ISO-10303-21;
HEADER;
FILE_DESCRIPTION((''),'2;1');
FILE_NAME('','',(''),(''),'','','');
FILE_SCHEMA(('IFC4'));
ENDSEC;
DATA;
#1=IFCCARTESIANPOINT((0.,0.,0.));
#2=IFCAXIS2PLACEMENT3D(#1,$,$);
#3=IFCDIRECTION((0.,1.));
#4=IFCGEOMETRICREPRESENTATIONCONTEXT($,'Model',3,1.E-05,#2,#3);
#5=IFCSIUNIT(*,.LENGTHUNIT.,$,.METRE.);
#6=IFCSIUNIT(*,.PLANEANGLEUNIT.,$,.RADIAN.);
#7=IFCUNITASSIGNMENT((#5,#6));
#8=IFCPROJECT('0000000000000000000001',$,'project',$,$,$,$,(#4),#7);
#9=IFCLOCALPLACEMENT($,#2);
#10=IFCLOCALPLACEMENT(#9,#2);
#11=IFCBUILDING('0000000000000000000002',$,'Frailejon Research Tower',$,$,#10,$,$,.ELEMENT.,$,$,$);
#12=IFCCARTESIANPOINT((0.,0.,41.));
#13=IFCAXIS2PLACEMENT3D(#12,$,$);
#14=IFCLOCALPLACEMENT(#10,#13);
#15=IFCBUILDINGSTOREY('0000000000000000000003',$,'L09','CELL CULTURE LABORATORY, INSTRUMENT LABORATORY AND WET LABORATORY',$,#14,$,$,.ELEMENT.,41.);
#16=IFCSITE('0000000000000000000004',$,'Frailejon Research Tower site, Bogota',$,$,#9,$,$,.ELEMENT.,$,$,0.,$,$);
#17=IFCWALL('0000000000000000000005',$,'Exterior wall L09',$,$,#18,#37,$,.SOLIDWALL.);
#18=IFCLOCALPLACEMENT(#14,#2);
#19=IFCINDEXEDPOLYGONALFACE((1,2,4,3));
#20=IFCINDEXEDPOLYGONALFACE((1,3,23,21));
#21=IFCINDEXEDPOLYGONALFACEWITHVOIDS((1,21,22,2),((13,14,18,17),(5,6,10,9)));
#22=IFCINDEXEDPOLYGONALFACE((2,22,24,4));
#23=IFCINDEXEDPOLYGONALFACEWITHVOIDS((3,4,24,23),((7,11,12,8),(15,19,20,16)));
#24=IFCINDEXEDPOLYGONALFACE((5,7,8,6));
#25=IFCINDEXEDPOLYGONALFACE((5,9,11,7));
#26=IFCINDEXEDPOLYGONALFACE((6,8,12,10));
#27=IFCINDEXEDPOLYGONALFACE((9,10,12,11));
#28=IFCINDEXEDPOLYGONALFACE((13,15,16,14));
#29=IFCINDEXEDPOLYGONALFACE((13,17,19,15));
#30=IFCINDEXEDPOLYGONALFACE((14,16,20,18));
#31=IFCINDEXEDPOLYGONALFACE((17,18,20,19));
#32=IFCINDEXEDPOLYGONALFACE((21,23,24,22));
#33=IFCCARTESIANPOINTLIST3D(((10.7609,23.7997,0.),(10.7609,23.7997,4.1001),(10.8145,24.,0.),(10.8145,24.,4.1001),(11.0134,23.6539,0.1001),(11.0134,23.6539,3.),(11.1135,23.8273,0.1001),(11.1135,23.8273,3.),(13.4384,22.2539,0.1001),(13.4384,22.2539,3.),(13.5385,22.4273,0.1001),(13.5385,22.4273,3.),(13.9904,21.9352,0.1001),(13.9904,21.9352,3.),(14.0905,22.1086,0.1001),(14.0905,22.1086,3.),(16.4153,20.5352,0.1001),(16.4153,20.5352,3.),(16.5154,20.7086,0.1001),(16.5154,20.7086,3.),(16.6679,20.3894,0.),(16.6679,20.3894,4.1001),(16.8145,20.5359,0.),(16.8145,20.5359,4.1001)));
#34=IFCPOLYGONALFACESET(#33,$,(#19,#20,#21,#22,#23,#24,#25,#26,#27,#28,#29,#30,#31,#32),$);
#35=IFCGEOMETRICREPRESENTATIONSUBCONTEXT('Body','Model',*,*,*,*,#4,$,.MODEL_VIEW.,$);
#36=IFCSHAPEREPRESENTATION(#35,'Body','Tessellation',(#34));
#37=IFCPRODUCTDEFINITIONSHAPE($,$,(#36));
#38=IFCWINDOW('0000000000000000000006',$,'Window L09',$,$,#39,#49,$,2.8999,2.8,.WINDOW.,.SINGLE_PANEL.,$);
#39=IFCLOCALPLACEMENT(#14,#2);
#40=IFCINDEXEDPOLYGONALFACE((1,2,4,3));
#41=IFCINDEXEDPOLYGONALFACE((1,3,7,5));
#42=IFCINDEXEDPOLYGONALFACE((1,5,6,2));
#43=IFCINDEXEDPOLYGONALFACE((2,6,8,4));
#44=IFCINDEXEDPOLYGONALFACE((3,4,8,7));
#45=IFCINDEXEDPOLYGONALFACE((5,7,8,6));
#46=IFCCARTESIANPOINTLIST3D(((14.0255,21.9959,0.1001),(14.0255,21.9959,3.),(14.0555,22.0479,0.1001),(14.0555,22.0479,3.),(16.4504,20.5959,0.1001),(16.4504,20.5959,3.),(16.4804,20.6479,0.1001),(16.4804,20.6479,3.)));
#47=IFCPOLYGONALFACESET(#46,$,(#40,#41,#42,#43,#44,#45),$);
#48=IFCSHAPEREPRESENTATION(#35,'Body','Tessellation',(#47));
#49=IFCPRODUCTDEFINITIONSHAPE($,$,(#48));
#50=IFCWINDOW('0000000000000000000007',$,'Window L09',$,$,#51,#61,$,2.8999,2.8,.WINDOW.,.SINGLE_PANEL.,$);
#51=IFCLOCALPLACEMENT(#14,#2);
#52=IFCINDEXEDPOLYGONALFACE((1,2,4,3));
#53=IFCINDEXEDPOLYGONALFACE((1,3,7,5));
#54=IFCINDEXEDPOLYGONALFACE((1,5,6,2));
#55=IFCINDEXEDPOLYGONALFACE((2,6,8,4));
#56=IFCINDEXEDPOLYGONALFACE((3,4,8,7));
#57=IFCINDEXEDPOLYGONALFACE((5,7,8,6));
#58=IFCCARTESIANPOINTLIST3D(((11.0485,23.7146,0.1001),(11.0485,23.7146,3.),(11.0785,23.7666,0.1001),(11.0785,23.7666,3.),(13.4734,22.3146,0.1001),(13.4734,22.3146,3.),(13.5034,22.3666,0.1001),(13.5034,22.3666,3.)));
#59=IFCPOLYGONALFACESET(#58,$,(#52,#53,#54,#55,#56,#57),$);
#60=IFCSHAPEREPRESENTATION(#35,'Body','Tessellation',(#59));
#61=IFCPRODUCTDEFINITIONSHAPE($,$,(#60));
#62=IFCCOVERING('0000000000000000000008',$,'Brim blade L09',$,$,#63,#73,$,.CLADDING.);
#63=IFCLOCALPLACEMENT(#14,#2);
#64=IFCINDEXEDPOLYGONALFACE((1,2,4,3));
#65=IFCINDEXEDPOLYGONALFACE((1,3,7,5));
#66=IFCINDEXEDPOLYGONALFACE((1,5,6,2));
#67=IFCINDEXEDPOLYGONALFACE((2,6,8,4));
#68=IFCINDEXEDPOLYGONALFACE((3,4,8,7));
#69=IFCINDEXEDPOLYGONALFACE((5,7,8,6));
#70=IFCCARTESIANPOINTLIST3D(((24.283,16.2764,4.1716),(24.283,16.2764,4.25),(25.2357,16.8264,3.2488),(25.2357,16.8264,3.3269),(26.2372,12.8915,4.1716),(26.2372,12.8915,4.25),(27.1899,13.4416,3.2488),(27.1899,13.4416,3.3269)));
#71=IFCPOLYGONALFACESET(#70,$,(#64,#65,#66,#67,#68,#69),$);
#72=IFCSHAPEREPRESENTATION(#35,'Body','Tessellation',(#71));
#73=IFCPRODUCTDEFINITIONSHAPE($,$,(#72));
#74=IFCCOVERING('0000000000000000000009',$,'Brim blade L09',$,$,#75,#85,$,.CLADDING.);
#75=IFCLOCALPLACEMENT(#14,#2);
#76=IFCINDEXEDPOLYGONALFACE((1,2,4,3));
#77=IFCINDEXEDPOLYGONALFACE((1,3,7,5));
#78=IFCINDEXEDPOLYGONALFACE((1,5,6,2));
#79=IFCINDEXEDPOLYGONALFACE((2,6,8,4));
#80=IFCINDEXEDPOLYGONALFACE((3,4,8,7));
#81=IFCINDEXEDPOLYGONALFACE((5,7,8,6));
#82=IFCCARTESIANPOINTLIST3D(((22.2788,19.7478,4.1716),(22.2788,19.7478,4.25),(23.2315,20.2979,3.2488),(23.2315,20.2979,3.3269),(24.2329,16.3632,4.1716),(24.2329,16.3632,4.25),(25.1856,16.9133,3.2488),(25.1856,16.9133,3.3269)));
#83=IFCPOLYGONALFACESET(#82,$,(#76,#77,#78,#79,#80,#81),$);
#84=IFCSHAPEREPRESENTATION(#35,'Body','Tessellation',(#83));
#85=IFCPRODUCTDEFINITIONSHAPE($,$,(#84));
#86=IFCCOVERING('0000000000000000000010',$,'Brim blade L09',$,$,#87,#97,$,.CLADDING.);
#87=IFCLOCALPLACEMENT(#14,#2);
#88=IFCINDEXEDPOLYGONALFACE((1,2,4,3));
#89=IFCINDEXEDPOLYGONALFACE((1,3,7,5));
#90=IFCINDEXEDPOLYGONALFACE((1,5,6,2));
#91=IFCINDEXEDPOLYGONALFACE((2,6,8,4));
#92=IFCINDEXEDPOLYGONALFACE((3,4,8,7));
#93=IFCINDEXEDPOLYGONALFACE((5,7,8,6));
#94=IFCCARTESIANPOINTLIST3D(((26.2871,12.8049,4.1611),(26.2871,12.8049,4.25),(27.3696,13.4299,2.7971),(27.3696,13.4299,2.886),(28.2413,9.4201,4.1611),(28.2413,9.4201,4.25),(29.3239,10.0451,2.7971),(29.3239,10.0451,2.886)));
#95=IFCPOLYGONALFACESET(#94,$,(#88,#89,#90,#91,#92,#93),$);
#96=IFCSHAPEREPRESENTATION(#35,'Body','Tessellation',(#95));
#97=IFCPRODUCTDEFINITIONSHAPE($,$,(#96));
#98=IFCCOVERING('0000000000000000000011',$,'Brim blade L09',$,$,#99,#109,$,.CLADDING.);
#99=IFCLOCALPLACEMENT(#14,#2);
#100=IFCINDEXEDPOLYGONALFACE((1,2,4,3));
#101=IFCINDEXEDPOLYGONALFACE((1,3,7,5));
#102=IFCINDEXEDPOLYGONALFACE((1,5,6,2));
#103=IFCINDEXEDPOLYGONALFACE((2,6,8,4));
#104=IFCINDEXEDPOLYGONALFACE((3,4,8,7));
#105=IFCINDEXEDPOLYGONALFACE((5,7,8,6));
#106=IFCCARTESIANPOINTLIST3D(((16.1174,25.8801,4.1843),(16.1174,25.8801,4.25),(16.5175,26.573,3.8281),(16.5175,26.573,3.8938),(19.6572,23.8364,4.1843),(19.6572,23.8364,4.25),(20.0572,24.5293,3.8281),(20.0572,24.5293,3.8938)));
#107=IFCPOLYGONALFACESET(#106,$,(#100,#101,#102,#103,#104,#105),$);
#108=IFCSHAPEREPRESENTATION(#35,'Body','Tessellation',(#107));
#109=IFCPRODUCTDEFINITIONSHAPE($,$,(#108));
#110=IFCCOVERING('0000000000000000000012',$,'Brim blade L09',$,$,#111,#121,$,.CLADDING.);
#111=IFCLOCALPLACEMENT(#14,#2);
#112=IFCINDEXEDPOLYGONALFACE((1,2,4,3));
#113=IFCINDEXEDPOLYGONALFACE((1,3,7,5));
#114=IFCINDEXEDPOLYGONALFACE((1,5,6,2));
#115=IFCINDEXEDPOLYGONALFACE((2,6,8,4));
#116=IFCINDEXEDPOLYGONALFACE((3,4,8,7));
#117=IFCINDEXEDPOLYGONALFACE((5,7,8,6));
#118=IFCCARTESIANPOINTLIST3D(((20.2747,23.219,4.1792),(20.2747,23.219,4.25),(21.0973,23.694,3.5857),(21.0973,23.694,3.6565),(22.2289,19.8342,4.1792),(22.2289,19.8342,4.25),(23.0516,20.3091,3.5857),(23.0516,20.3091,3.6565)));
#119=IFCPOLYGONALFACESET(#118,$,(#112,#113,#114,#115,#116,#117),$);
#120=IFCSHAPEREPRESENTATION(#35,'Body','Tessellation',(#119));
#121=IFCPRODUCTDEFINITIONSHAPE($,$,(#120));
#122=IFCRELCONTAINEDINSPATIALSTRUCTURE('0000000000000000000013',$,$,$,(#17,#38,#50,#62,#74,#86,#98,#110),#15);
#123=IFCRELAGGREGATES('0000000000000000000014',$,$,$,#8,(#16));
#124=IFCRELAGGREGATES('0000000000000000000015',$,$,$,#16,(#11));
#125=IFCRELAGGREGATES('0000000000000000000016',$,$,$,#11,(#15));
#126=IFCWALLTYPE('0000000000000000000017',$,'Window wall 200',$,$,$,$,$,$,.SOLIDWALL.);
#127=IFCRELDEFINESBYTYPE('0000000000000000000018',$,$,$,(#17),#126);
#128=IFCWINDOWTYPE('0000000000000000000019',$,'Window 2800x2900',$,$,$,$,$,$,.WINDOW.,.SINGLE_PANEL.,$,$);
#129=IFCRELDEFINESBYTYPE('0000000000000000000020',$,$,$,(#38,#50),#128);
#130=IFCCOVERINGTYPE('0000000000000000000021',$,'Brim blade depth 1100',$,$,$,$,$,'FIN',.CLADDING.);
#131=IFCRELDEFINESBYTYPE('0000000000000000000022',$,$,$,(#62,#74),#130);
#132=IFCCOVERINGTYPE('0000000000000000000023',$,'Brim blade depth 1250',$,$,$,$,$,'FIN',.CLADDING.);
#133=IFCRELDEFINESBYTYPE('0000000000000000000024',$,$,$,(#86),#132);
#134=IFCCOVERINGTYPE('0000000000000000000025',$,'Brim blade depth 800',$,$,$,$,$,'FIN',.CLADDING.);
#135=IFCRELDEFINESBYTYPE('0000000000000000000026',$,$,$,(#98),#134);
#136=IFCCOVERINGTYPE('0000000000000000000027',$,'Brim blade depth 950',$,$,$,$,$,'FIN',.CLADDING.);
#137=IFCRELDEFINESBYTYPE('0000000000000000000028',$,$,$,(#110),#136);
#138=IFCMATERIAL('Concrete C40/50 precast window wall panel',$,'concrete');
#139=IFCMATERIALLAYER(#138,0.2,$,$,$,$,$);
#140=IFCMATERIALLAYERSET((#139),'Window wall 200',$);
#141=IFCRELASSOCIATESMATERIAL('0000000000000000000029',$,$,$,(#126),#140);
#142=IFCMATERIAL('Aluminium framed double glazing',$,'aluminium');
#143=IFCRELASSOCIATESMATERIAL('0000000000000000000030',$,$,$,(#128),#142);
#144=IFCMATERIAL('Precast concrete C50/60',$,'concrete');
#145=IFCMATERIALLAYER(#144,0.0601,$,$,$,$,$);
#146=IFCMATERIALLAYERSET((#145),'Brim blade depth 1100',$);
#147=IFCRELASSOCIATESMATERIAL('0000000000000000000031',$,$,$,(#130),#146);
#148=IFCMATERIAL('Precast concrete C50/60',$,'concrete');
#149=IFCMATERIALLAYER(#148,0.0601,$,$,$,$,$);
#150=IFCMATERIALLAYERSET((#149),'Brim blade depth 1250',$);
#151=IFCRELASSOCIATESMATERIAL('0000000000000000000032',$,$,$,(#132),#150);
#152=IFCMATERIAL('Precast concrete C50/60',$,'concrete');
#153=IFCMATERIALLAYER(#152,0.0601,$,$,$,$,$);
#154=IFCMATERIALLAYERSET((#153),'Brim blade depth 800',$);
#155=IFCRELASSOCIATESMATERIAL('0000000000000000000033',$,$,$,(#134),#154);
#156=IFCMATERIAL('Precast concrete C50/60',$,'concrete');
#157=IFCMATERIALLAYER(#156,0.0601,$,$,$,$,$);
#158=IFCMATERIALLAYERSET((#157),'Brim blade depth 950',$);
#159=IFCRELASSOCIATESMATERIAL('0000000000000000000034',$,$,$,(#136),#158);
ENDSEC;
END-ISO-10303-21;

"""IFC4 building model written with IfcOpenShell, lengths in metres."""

from ifc_helpers import new_model, si_unit, direction, frame, frame_2d, origin, place, context, subcontext, project, spatial, polyline, rectangle, outline, extrude, material, layer, layer_set, type_object, element, fill, save


model = new_model("IFC4")

# Units and contexts
model_context = context("Model", 3, precision=1e-05, world=origin(), true_north=direction((0.0, 1.0)))
body_context = subcontext(model_context, "Body", "Model", "MODEL_VIEW")
ifc_project = project(units=[si_unit("LENGTHUNIT", "METRE"), si_unit("PLANEANGLEUNIT", "RADIAN")], contexts=[model_context])

# Site, building, storey
site_placement = place(None, origin())
site = spatial("IfcSite", under=ifc_project, at=site_placement, Name="Frailejon Research Tower site, Bogota", CompositionType="ELEMENT", RefElevation=0.0)
building_placement = place(site_placement, origin())
building = spatial("IfcBuilding", under=site, at=building_placement, Name="Frailejon Research Tower", CompositionType="ELEMENT")
storey_placement = place(building_placement, frame((0.0, 0.0, 41.0)))
storey = spatial("IfcBuildingStorey", under=building, at=storey_placement, Name="L09", Description="CELL CULTURE LABORATORY, INSTRUMENT LABORATORY AND WET LABORATORY", CompositionType="ELEMENT", Elevation=41.0)

# Wall, openings, windows
ifc_material_1 = material(Name="Concrete C40/50 precast window wall panel", Category="concrete")
ifc_layer_1 = layer(ifc_material_1, 0.2)
ifc_layer_set_1 = layer_set([ifc_layer_1], Name="Window wall 200")
wall_type_1 = type_object("IfcWallType", Name="Window wall 200", PredefinedType="SOLIDWALL", material=ifc_layer_set_1)
wall_1_placement = place(storey_placement, frame((16.7412, 20.4626, 0.0), z_axis=(0.0, 0.0, 1.0), x_axis=(-0.866029, 0.499993, 0.0)))
wall_1 = element("IfcWall", 1, at=wall_1_placement, inside=storey, type_object=wall_type_1, Name="Exterior wall L09", PredefinedType="SOLIDWALL", context=body_context, shape_type="SweptSolid", body=[
    extrude(outline(polyline([(-0.0269, -0.1001), (1.1279, -0.1001), (2.2825, -0.1001), (3.4373, -0.1001), (4.592, -0.1001), (5.7466, -0.1001), (6.9014, -0.1001), (6.8477, 0.1001), (5.7109, 0.1001), (4.574, 0.1001), (3.4373, 0.1001), (2.3005, 0.1001), (1.1636, 0.1001), (0.0269, 0.1001), (-0.0269, -0.1001)])), origin(), (0.0, 0.0, 1.0), 4.1001),
])
opening_1_placement = place(wall_1_placement, frame((0.3186, 0.0, 0.1001)))
opening_1 = element("IfcOpeningElement", 2, at=opening_1_placement, cuts=wall_1, PredefinedType="OPENING", context=body_context, shape_type="SweptSolid", body=[
    extrude(rectangle(XDim=2.8, YDim=2.8999, at=frame_2d((1.3999, 1.45))), frame((0.0, 0.1099, 0.0), z_axis=(0.0, -1.0, 0.0), x_axis=(1.0, 0.0, 0.0)), (0.0, 0.0, 1.0), 0.22),
])
opening_2_placement = place(wall_1_placement, frame((3.7561, 0.0, 0.1001)))
opening_2 = element("IfcOpeningElement", 3, at=opening_2_placement, cuts=wall_1, PredefinedType="OPENING", context=body_context, shape_type="SweptSolid", body=[
    extrude(rectangle(XDim=2.8, YDim=2.8999, at=frame_2d((1.3999, 1.45))), frame((0.0, 0.1099, 0.0), z_axis=(0.0, -1.0, 0.0), x_axis=(1.0, 0.0, 0.0)), (0.0, 0.0, 1.0), 0.22),
])
ifc_material_2 = material(Name="Aluminium framed double glazing", Category="aluminium")
window_type = type_object("IfcWindowType", Name="Window 2800x2900", PartitioningType="SINGLE_PANEL", PredefinedType="WINDOW", material=ifc_material_2)
window_1_placement = place(opening_1_placement, origin())
window_1 = element("IfcWindow", 4, at=window_1_placement, inside=storey, type_object=window_type, Name="Window L09", OverallHeight=2.8999, OverallWidth=2.8, PartitioningType="SINGLE_PANEL", PredefinedType="WINDOW", context=body_context, shape_type="SweptSolid", body=[
    extrude(rectangle(XDim=2.8, YDim=2.8999, at=frame_2d((1.3999, 1.45))), frame((0.0, 0.03, 0.0), z_axis=(0.0, -1.0, 0.0), x_axis=(1.0, 0.0, 0.0)), (0.0, 0.0, 1.0), 0.0601),
])
fill(opening_1, window_1)
window_2_placement = place(opening_2_placement, origin())
window_2 = element("IfcWindow", 5, at=window_2_placement, inside=storey, type_object=window_type, Name="Window L09", OverallHeight=2.8999, OverallWidth=2.8, PartitioningType="SINGLE_PANEL", PredefinedType="WINDOW", context=body_context, shape_type="SweptSolid", body=[
    extrude(rectangle(XDim=2.8, YDim=2.8999, at=frame_2d((1.3999, 1.45))), frame((0.0, 0.03, 0.0), z_axis=(0.0, -1.0, 0.0), x_axis=(1.0, 0.0, 0.0)), (0.0, 0.0, 1.0), 0.0601),
])
fill(opening_2, window_2)

# Coverings
ifc_material_3 = material(Name="Precast concrete C50/60", Category="concrete")
ifc_layer_2 = layer(ifc_material_3, 0.0601)
ifc_layer_set_2 = layer_set([ifc_layer_2], Name="Brim blade depth 1100")
covering_type_1 = type_object("IfcCoveringType", Name="Brim blade depth 1100", ElementType="FIN", PredefinedType="CLADDING", material=ifc_layer_set_2)
covering_1_placement = place(storey_placement, frame((24.283, 16.2764, 4.25), z_axis=(0.499997, -0.866027, 0.0), x_axis=(0.866027, 0.499997, 0.0)))
element("IfcCovering", 6, at=covering_1_placement, inside=storey, type_object=covering_type_1, Name="Brim blade L09", PredefinedType="CLADDING", context=body_context, shape_type="SweptSolid", body=[
    extrude(outline(polyline([(0.0, -0.0784), (1.1001, -1.0012), (1.1001, -0.9231), (0.0, 0.0), (0.0, -0.0784)])), origin(), (0.0, 0.0, 1.0), 3.9084),
])
covering_2_placement = place(storey_placement, frame((22.2788, 19.7478, 4.25), z_axis=(0.500008, -0.866021, 0.0), x_axis=(0.866021, 0.500008, 0.0)))
element("IfcCovering", 7, at=covering_2_placement, inside=storey, type_object=covering_type_1, Name="Brim blade L09", PredefinedType="CLADDING", context=body_context, shape_type="SweptSolid", body=[
    extrude(outline(polyline([(0.0, -0.0784), (1.1001, -1.0012), (1.1001, -0.9231), (0.0, 0.0), (0.0, -0.0784)])), origin(), (0.0, 0.0, 1.0), 3.9082),
])
ifc_material_4 = material(Name="Precast concrete C50/60", Category="concrete")
ifc_layer_3 = layer(ifc_material_4, 0.0601)
ifc_layer_set_3 = layer_set([ifc_layer_3], Name="Brim blade depth 1250")
covering_type_2 = type_object("IfcCoveringType", Name="Brim blade depth 1250", ElementType="FIN", PredefinedType="CLADDING", material=ifc_layer_set_3)
covering_3_placement = place(storey_placement, frame((26.2871, 12.8049, 4.25), z_axis=(0.499997, -0.866027, 0.0), x_axis=(0.866027, 0.499997, 0.0)))
element("IfcCovering", 8, at=covering_3_placement, inside=storey, type_object=covering_type_2, Name="Brim blade L09", PredefinedType="CLADDING", context=body_context, shape_type="SweptSolid", body=[
    extrude(outline(polyline([(0.0, -0.0889), (1.25, -1.4529), (1.25, -1.364), (0.0, 0.0), (0.0, -0.0889)])), origin(), (0.0, 0.0, 1.0), 3.9084),
])
ifc_material_5 = material(Name="Precast concrete C50/60", Category="concrete")
ifc_layer_4 = layer(ifc_material_5, 0.0601)
ifc_layer_set_4 = layer_set([ifc_layer_4], Name="Brim blade depth 800")
covering_type_3 = type_object("IfcCoveringType", Name="Brim blade depth 800", ElementType="FIN", PredefinedType="CLADDING", material=ifc_layer_set_4)
covering_4_placement = place(storey_placement, frame((16.1174, 25.8801, 4.25), z_axis=(0.866021, -0.500007, 0.0), x_axis=(0.500007, 0.866021, 0.0)))
element("IfcCovering", 9, at=covering_4_placement, inside=storey, type_object=covering_type_3, Name="Brim blade L09", PredefinedType="CLADDING", context=body_context, shape_type="SweptSolid", body=[
    extrude(outline(polyline([(0.0, -0.0657), (0.8, -0.4219), (0.8, -0.3562), (0.0, 0.0), (0.0, -0.0657)])), origin(), (0.0, 0.0, 1.0), 4.0874),
])
ifc_material_6 = material(Name="Precast concrete C50/60", Category="concrete")
ifc_layer_5 = layer(ifc_material_6, 0.0601)
ifc_layer_set_5 = layer_set([ifc_layer_5], Name="Brim blade depth 950")
covering_type_4 = type_object("IfcCoveringType", Name="Brim blade depth 950", ElementType="FIN", PredefinedType="CLADDING", material=ifc_layer_set_5)
covering_5_placement = place(storey_placement, frame((20.2747, 23.219, 4.25), z_axis=(0.499997, -0.866027, 0.0), x_axis=(0.866027, 0.499997, 0.0)))
element("IfcCovering", 10, at=covering_5_placement, inside=storey, type_object=covering_type_4, Name="Brim blade L09", PredefinedType="CLADDING", context=body_context, shape_type="SweptSolid", body=[
    extrude(outline(polyline([(0.0, -0.0708), (0.95, -0.6643), (0.95, -0.5935), (0.0, 0.0), (0.0, -0.0708)])), origin(), (0.0, 0.0, 1.0), 3.9084),
])

save(model, "model.ifc")
